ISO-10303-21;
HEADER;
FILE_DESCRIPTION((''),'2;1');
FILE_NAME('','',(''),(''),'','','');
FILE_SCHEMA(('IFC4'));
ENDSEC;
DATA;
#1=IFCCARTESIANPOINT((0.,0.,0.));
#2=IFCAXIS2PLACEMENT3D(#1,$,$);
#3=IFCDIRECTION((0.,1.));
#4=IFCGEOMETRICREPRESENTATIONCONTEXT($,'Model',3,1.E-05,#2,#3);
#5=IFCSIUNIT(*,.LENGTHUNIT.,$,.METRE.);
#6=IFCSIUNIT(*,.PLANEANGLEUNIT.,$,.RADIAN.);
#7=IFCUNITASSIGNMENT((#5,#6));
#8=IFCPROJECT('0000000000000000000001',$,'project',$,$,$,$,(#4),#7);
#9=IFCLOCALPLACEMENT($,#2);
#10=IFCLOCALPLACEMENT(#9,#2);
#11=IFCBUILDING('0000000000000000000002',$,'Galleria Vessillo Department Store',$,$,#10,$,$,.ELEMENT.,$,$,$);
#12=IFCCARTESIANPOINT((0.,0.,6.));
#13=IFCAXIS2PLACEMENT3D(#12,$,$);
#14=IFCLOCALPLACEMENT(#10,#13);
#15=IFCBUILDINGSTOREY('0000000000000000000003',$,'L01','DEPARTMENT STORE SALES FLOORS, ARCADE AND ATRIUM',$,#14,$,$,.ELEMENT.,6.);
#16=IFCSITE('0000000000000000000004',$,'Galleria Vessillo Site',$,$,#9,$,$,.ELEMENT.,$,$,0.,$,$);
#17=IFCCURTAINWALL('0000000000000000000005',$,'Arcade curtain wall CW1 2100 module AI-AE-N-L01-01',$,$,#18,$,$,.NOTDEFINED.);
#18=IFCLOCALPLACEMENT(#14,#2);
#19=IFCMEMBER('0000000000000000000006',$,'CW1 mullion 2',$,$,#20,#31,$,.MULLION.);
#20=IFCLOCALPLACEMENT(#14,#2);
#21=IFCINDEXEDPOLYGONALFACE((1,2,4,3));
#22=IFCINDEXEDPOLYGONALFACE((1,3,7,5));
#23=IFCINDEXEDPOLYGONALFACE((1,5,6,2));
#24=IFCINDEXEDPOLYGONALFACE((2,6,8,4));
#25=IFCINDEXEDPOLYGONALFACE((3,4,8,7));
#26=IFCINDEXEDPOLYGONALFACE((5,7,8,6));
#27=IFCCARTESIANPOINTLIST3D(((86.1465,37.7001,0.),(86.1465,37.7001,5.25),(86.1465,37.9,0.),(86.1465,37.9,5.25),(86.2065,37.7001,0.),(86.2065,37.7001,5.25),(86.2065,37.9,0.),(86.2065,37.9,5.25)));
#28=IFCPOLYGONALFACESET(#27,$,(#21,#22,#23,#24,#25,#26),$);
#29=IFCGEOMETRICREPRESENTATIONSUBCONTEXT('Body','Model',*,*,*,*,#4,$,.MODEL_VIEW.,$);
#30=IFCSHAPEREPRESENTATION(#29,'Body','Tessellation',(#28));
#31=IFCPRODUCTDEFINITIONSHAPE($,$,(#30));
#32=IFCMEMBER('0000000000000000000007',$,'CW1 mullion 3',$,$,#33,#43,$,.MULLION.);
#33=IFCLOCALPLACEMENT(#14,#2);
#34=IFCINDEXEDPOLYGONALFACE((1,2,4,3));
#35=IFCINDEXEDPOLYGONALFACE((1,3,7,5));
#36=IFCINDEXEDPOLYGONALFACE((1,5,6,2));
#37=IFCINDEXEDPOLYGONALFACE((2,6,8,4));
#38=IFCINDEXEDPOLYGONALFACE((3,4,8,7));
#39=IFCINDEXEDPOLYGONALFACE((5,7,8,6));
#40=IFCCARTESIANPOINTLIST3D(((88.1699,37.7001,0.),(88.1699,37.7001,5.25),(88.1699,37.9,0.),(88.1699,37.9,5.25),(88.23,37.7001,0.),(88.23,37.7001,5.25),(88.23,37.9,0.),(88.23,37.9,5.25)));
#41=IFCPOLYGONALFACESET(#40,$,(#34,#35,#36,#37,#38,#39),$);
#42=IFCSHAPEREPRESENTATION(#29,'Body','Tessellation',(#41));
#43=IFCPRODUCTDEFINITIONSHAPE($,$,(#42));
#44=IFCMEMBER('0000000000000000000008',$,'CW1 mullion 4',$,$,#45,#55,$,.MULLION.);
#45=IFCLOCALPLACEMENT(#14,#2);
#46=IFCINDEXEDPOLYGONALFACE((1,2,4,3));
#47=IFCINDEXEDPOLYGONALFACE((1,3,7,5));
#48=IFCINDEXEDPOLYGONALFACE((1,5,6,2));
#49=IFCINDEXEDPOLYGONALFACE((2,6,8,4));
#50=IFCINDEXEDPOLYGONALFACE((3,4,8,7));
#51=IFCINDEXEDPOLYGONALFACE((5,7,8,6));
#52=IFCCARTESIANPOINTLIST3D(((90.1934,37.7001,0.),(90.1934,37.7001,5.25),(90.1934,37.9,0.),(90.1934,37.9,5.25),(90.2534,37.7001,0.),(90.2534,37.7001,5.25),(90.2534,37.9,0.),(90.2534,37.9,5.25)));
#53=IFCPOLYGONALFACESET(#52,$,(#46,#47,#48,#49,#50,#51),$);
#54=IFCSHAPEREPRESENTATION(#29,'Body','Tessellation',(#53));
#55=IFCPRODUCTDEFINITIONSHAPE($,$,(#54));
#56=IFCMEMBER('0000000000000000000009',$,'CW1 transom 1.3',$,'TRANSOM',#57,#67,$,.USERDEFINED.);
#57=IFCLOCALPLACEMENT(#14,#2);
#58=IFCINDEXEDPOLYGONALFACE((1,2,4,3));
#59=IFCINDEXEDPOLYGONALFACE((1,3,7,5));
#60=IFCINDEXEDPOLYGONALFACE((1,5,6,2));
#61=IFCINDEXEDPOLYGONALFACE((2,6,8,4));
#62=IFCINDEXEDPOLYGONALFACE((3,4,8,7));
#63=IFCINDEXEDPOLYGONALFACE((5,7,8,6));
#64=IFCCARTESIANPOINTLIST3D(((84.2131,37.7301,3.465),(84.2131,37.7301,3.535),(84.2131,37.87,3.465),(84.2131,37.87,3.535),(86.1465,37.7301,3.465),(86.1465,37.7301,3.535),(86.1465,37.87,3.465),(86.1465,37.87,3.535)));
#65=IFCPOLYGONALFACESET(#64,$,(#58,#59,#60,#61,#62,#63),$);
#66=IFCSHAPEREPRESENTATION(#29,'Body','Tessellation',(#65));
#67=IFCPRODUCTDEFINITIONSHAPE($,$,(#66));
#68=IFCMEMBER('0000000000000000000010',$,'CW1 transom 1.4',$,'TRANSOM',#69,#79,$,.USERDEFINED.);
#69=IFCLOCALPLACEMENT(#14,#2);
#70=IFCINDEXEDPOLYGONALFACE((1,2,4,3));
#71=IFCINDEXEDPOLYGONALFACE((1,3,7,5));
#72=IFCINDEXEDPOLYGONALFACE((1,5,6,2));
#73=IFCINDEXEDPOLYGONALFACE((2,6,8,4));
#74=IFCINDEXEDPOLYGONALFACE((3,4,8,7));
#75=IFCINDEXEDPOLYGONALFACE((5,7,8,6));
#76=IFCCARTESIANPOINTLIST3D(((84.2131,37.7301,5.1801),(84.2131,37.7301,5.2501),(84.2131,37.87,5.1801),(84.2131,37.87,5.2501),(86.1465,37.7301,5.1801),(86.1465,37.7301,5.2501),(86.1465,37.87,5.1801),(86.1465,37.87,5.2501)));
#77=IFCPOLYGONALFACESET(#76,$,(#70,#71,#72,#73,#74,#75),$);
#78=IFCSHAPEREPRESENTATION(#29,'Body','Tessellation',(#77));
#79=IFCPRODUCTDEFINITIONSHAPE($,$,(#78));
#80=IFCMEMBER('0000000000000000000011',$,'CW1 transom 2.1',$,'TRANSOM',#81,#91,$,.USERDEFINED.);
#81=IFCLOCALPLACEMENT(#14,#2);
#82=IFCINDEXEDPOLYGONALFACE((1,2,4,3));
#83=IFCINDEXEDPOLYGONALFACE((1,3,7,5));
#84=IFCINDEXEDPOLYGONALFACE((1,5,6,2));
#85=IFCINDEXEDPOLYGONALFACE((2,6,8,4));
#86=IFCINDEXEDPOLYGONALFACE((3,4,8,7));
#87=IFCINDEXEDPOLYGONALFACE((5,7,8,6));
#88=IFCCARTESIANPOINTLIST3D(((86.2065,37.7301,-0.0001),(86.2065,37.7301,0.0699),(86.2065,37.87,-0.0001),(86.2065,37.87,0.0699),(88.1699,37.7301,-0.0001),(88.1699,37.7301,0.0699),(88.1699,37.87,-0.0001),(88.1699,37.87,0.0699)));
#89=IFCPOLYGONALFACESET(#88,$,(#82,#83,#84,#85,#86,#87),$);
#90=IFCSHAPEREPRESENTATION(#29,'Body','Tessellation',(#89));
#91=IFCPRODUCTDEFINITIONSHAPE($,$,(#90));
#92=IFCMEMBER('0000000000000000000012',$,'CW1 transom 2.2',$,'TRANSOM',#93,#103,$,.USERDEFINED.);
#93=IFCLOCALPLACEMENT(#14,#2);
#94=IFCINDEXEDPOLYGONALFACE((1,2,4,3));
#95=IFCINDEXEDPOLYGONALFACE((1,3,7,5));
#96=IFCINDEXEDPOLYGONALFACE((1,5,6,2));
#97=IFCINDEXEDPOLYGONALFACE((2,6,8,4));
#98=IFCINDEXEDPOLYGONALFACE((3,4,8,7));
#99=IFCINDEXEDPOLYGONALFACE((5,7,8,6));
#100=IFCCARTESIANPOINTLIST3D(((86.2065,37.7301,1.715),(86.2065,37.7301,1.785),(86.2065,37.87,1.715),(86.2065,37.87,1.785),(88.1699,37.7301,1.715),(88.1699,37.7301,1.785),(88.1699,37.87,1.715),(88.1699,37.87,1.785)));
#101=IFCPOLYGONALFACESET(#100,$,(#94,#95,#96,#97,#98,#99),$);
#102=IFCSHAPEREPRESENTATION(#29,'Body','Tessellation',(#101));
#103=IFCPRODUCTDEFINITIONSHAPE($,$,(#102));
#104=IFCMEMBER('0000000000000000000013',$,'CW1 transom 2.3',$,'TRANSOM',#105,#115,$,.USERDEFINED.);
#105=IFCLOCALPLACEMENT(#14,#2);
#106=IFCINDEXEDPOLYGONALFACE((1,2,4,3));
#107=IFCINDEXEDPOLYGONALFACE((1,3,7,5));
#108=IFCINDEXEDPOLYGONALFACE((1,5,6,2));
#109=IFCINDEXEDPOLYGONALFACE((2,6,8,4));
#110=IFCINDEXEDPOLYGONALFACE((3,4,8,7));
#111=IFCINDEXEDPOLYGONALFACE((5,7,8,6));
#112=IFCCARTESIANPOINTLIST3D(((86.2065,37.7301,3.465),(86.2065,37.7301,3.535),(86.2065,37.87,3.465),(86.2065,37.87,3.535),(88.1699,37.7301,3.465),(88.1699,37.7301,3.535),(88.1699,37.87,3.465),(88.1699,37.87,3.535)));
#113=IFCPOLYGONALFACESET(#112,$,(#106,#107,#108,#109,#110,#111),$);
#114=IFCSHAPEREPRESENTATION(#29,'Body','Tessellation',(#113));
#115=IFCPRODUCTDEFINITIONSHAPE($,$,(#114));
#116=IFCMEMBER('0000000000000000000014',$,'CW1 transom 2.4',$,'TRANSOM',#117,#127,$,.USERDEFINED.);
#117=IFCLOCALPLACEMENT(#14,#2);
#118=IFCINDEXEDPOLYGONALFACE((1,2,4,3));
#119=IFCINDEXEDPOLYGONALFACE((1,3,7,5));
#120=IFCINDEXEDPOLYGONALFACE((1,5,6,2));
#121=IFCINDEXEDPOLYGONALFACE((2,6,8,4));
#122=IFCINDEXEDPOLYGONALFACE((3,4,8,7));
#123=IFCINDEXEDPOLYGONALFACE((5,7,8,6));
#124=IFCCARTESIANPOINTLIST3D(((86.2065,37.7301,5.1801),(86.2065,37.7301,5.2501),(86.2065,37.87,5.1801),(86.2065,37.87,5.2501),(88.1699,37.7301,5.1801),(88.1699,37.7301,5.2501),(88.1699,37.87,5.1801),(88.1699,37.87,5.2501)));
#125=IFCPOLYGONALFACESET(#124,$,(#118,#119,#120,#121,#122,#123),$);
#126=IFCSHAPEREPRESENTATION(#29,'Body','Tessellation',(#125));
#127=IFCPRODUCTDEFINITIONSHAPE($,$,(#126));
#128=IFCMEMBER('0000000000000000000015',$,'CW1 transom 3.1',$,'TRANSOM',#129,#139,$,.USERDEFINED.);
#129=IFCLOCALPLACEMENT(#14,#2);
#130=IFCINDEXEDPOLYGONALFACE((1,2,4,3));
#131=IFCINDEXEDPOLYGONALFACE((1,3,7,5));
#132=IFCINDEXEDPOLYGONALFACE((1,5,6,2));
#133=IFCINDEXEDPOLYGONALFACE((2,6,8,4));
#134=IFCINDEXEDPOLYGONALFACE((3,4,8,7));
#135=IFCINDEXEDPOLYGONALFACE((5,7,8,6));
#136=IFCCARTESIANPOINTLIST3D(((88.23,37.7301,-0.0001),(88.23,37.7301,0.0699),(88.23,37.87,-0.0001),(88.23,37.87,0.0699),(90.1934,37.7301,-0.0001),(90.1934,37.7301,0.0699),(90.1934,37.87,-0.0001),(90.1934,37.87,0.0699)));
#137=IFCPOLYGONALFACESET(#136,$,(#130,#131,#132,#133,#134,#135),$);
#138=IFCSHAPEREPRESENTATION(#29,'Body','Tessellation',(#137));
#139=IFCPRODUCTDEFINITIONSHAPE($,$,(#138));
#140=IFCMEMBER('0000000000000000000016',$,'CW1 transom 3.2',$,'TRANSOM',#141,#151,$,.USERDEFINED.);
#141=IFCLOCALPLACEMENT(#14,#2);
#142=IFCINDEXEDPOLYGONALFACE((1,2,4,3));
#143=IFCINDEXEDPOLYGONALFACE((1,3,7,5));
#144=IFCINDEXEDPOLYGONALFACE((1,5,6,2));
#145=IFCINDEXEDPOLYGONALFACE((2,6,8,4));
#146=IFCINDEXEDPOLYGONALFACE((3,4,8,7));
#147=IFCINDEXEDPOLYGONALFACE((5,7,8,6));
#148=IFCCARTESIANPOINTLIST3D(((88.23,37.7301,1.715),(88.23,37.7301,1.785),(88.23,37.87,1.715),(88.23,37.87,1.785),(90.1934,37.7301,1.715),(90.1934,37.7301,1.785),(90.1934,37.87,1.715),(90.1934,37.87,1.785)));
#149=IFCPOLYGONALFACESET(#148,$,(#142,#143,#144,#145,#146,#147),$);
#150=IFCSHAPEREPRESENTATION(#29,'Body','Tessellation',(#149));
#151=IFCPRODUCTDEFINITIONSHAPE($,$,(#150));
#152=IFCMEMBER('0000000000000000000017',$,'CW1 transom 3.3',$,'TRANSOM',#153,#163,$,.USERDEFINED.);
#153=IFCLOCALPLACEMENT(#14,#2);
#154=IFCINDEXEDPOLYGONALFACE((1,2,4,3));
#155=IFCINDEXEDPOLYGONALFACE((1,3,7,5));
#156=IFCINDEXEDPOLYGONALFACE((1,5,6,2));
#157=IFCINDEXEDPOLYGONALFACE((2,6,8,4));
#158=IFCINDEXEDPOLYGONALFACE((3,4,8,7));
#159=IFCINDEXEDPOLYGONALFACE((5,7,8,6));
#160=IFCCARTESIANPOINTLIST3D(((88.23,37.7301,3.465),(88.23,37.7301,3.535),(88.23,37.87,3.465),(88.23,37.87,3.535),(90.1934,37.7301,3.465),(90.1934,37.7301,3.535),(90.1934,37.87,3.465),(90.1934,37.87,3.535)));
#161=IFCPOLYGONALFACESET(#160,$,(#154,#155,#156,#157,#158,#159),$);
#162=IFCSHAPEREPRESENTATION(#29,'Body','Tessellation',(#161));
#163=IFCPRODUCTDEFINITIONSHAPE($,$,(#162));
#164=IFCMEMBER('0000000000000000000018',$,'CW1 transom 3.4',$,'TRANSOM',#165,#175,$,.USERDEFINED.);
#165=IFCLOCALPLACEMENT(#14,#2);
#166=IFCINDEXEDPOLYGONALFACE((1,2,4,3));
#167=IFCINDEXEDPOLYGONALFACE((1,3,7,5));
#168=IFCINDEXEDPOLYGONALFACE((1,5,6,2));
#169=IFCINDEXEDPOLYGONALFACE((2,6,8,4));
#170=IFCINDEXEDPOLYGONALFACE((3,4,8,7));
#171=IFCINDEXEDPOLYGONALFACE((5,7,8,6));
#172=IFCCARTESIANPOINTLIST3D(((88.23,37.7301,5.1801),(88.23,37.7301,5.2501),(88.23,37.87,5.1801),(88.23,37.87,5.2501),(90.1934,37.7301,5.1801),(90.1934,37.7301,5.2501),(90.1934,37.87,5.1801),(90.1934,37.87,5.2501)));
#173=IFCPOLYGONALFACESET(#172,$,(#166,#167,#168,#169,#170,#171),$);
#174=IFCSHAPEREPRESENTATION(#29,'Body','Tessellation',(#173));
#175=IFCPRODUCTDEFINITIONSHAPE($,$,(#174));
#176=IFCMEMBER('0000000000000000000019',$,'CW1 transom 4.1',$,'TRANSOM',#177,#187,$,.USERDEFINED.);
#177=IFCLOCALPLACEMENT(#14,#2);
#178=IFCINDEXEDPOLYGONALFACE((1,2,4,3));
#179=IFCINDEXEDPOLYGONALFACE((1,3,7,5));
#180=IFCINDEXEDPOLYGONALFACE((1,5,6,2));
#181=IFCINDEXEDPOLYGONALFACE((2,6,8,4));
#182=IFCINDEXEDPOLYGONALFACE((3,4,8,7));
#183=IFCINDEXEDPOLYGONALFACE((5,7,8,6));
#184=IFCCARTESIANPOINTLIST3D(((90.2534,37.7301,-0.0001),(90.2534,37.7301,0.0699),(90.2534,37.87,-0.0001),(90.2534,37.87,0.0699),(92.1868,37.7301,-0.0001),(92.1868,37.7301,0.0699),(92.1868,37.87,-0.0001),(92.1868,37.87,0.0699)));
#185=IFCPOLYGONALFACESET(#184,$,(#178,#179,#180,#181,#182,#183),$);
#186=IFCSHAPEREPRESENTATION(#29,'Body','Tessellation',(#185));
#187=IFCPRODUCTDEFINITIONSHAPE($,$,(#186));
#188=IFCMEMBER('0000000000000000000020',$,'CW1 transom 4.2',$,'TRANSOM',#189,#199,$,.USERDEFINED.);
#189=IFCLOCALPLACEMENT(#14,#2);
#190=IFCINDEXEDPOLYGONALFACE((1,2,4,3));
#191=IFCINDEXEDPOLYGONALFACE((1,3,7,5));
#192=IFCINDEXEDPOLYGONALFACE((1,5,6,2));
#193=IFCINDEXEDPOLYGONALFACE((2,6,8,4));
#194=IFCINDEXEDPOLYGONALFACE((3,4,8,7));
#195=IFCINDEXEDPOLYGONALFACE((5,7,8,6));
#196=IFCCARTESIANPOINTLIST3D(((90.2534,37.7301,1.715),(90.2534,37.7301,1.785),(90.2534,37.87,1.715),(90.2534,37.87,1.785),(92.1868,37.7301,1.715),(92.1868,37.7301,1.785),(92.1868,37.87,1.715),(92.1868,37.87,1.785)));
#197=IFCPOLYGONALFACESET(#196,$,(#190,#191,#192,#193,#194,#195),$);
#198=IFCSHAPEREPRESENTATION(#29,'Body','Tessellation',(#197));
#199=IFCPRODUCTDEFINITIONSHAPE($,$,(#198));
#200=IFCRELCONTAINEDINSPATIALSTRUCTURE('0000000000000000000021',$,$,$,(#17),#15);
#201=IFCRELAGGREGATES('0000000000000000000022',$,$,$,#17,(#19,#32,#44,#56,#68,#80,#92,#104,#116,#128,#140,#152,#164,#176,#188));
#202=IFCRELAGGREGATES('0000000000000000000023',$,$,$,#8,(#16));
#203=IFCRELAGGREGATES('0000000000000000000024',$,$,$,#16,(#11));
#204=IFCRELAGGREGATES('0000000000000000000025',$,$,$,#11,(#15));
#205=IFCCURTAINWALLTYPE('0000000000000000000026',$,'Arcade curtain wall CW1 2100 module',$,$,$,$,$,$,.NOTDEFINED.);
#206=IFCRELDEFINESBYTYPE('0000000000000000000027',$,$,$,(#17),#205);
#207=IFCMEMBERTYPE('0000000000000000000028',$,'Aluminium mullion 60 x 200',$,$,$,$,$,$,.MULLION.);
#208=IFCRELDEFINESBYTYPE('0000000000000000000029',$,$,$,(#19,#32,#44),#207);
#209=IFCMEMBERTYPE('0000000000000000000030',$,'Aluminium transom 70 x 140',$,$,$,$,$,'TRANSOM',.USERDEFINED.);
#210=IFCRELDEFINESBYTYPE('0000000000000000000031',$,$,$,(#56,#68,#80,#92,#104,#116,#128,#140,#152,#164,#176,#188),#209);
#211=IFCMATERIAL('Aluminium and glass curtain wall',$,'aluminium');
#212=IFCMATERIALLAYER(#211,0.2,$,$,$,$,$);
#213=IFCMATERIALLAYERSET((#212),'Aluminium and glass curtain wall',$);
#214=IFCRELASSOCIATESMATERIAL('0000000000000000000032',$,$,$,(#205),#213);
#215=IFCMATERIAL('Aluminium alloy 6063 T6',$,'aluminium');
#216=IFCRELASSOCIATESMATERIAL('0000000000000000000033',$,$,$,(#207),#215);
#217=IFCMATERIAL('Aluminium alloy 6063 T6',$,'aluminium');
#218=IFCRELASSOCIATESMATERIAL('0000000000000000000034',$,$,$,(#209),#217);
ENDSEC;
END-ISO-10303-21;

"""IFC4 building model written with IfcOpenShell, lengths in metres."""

from ifc_helpers import new_model, si_unit, direction, frame, origin, origin_2d, place, context, subcontext, project, spatial, rectangle, extrude, material, layer, layer_set, material_profile, profile_set, type_object, element, aggregate, save


model = new_model("IFC4")

# Units and contexts
model_context = context("Model", 3, precision=1e-05, world=origin(), true_north=direction((0.0, 1.0)))
body_context = subcontext(model_context, "Body", "Model", "MODEL_VIEW")
ifc_project = project(units=[si_unit("LENGTHUNIT", "METRE"), si_unit("PLANEANGLEUNIT", "RADIAN")], contexts=[model_context])

# Site, building, storey
site_placement = place(None, origin())
site = spatial("IfcSite", under=ifc_project, at=site_placement, Name="Galleria Vessillo Site", CompositionType="ELEMENT", RefElevation=0.0)
building_placement = place(site_placement, origin())
building = spatial("IfcBuilding", under=site, at=building_placement, Name="Galleria Vessillo Department Store", CompositionType="ELEMENT")
storey_placement = place(building_placement, frame((0.0, 0.0, 6.0)))
storey = spatial("IfcBuildingStorey", under=building, at=storey_placement, Name="L01", Description="DEPARTMENT STORE SALES FLOORS, ARCADE AND ATRIUM", CompositionType="ELEMENT", Elevation=6.0)

# Curtain wall, members
ifc_material_1 = material(Name="Aluminium and glass curtain wall", Category="aluminium")
ifc_layer_1 = layer(ifc_material_1, 0.2)
ifc_layer_set_1 = layer_set([ifc_layer_1], Name="Aluminium and glass curtain wall")
curtain_wall_type = type_object("IfcCurtainWallType", Name="Arcade curtain wall CW1 2100 module", PredefinedType="NOTDEFINED", material=ifc_layer_set_1)
curtain_wall_placement = place(storey_placement, origin())
curtain_wall = element("IfcCurtainWall", 1, at=curtain_wall_placement, inside=storey, type_object=curtain_wall_type, Name="Arcade curtain wall CW1 2100 module AI-AE-N-L01-01", PredefinedType="NOTDEFINED")
ifc_material_2 = material(Name="Aluminium alloy 6063 T6", Category="aluminium")
ifc_material_profile_1 = material_profile(ifc_material_2, rectangle(XDim=0.2, YDim=0.0601, at=origin_2d()), Name="AL 60x200")
ifc_profile_set_1 = profile_set([ifc_material_profile_1], Name="Aluminium alloy 6063 T6")
member_type_1 = type_object("IfcMemberType", Name="Aluminium mullion 60 x 200", PredefinedType="MULLION", material=ifc_profile_set_1)
member_1_placement = place(storey_placement, frame((86.1765, 37.8, 0.0), z_axis=(0.0, 0.0, 1.0), x_axis=(0.0, 1.0, 0.0)))
member_1 = element("IfcMember", 2, at=member_1_placement, type_object=member_type_1, Name="CW1 mullion 2", PredefinedType="MULLION", context=body_context, shape_type="SweptSolid", body=[
    extrude(rectangle(XDim=0.2, YDim=0.0601, at=origin_2d()), origin(), (0.0, 0.0, 1.0), 5.25),
])
member_2_placement = place(storey_placement, frame((88.2, 37.8, 0.0), z_axis=(0.0, 0.0, 1.0), x_axis=(0.0, 1.0, 0.0)))
member_2 = element("IfcMember", 3, at=member_2_placement, type_object=member_type_1, Name="CW1 mullion 3", PredefinedType="MULLION", context=body_context, shape_type="SweptSolid", body=[
    extrude(rectangle(XDim=0.2, YDim=0.0601, at=origin_2d()), origin(), (0.0, 0.0, 1.0), 5.25),
])
member_3_placement = place(storey_placement, frame((90.2234, 37.8, 0.0), z_axis=(0.0, 0.0, 1.0), x_axis=(0.0, 1.0, 0.0)))
member_3 = element("IfcMember", 4, at=member_3_placement, type_object=member_type_1, Name="CW1 mullion 4", PredefinedType="MULLION", context=body_context, shape_type="SweptSolid", body=[
    extrude(rectangle(XDim=0.2, YDim=0.0601, at=origin_2d()), origin(), (0.0, 0.0, 1.0), 5.25),
])
ifc_material_3 = material(Name="Aluminium alloy 6063 T6", Category="aluminium")
ifc_material_profile_2 = material_profile(ifc_material_3, rectangle(XDim=0.1399, YDim=0.0701, at=origin_2d()), Name="AL 70x140")
ifc_profile_set_2 = profile_set([ifc_material_profile_2], Name="Aluminium alloy 6063 T6")
member_type_2 = type_object("IfcMemberType", Name="Aluminium transom 70 x 140", ElementType="TRANSOM", PredefinedType="USERDEFINED", material=ifc_profile_set_2)
member_4_placement = place(storey_placement, frame((84.2131, 37.8, 3.5), z_axis=(1.0, 0.0, 0.0), x_axis=(0.0, 1.0, 0.0)))
member_4 = element("IfcMember", 5, at=member_4_placement, type_object=member_type_2, Name="CW1 transom 1.3", ObjectType="TRANSOM", PredefinedType="USERDEFINED", context=body_context, shape_type="SweptSolid", body=[
    extrude(rectangle(XDim=0.1399, YDim=0.0701, at=origin_2d()), origin(), (0.0, 0.0, 1.0), 1.9333),
])
member_5_placement = place(storey_placement, frame((84.2131, 37.8, 5.2151), z_axis=(1.0, 0.0, 0.0), x_axis=(0.0, 1.0, 0.0)))
member_5 = element("IfcMember", 6, at=member_5_placement, type_object=member_type_2, Name="CW1 transom 1.4", ObjectType="TRANSOM", PredefinedType="USERDEFINED", context=body_context, shape_type="SweptSolid", body=[
    extrude(rectangle(XDim=0.1399, YDim=0.0701, at=origin_2d()), origin(), (0.0, 0.0, 1.0), 1.9333),
])
member_6_placement = place(storey_placement, frame((86.2065, 37.8, 0.0349), z_axis=(1.0, 0.0, 0.0), x_axis=(0.0, 1.0, 0.0)))
member_6 = element("IfcMember", 7, at=member_6_placement, type_object=member_type_2, Name="CW1 transom 2.1", ObjectType="TRANSOM", PredefinedType="USERDEFINED", context=body_context, shape_type="SweptSolid", body=[
    extrude(rectangle(XDim=0.1399, YDim=0.0701, at=origin_2d()), origin(), (0.0, 0.0, 1.0), 1.9634),
])
member_7_placement = place(storey_placement, frame((86.2065, 37.8, 1.75), z_axis=(1.0, 0.0, 0.0), x_axis=(0.0, 1.0, 0.0)))
member_7 = element("IfcMember", 8, at=member_7_placement, type_object=member_type_2, Name="CW1 transom 2.2", ObjectType="TRANSOM", PredefinedType="USERDEFINED", context=body_context, shape_type="SweptSolid", body=[
    extrude(rectangle(XDim=0.1399, YDim=0.0701, at=origin_2d()), origin(), (0.0, 0.0, 1.0), 1.9634),
])
member_8_placement = place(storey_placement, frame((86.2065, 37.8, 3.5), z_axis=(1.0, 0.0, 0.0), x_axis=(0.0, 1.0, 0.0)))
member_8 = element("IfcMember", 9, at=member_8_placement, type_object=member_type_2, Name="CW1 transom 2.3", ObjectType="TRANSOM", PredefinedType="USERDEFINED", context=body_context, shape_type="SweptSolid", body=[
    extrude(rectangle(XDim=0.1399, YDim=0.0701, at=origin_2d()), origin(), (0.0, 0.0, 1.0), 1.9634),
])
member_9_placement = place(storey_placement, frame((86.2065, 37.8, 5.2151), z_axis=(1.0, 0.0, 0.0), x_axis=(0.0, 1.0, 0.0)))
member_9 = element("IfcMember", 10, at=member_9_placement, type_object=member_type_2, Name="CW1 transom 2.4", ObjectType="TRANSOM", PredefinedType="USERDEFINED", context=body_context, shape_type="SweptSolid", body=[
    extrude(rectangle(XDim=0.1399, YDim=0.0701, at=origin_2d()), origin(), (0.0, 0.0, 1.0), 1.9634),
])
member_10_placement = place(storey_placement, frame((88.23, 37.8, 0.0349), z_axis=(1.0, 0.0, 0.0), x_axis=(0.0, 1.0, 0.0)))
member_10 = element("IfcMember", 11, at=member_10_placement, type_object=member_type_2, Name="CW1 transom 3.1", ObjectType="TRANSOM", PredefinedType="USERDEFINED", context=body_context, shape_type="SweptSolid", body=[
    extrude(rectangle(XDim=0.1399, YDim=0.0701, at=origin_2d()), origin(), (0.0, 0.0, 1.0), 1.9634),
])
member_11_placement = place(storey_placement, frame((88.23, 37.8, 1.75), z_axis=(1.0, 0.0, 0.0), x_axis=(0.0, 1.0, 0.0)))
member_11 = element("IfcMember", 12, at=member_11_placement, type_object=member_type_2, Name="CW1 transom 3.2", ObjectType="TRANSOM", PredefinedType="USERDEFINED", context=body_context, shape_type="SweptSolid", body=[
    extrude(rectangle(XDim=0.1399, YDim=0.0701, at=origin_2d()), origin(), (0.0, 0.0, 1.0), 1.9634),
])
member_12_placement = place(storey_placement, frame((88.23, 37.8, 3.5), z_axis=(1.0, 0.0, 0.0), x_axis=(0.0, 1.0, 0.0)))
member_12 = element("IfcMember", 13, at=member_12_placement, type_object=member_type_2, Name="CW1 transom 3.3", ObjectType="TRANSOM", PredefinedType="USERDEFINED", context=body_context, shape_type="SweptSolid", body=[
    extrude(rectangle(XDim=0.1399, YDim=0.0701, at=origin_2d()), origin(), (0.0, 0.0, 1.0), 1.9634),
])
member_13_placement = place(storey_placement, frame((88.23, 37.8, 5.2151), z_axis=(1.0, 0.0, 0.0), x_axis=(0.0, 1.0, 0.0)))
member_13 = element("IfcMember", 14, at=member_13_placement, type_object=member_type_2, Name="CW1 transom 3.4", ObjectType="TRANSOM", PredefinedType="USERDEFINED", context=body_context, shape_type="SweptSolid", body=[
    extrude(rectangle(XDim=0.1399, YDim=0.0701, at=origin_2d()), origin(), (0.0, 0.0, 1.0), 1.9634),
])
member_14_placement = place(storey_placement, frame((90.2534, 37.8, 0.0349), z_axis=(1.0, 0.0, 0.0), x_axis=(0.0, 1.0, 0.0)))
member_14 = element("IfcMember", 15, at=member_14_placement, type_object=member_type_2, Name="CW1 transom 4.1", ObjectType="TRANSOM", PredefinedType="USERDEFINED", context=body_context, shape_type="SweptSolid", body=[
    extrude(rectangle(XDim=0.1399, YDim=0.0701, at=origin_2d()), origin(), (0.0, 0.0, 1.0), 1.9333),
])
member_15_placement = place(storey_placement, frame((90.2534, 37.8, 1.75), z_axis=(1.0, 0.0, 0.0), x_axis=(0.0, 1.0, 0.0)))
member_15 = element("IfcMember", 16, at=member_15_placement, type_object=member_type_2, Name="CW1 transom 4.2", ObjectType="TRANSOM", PredefinedType="USERDEFINED", context=body_context, shape_type="SweptSolid", body=[
    extrude(rectangle(XDim=0.1399, YDim=0.0701, at=origin_2d()), origin(), (0.0, 0.0, 1.0), 1.9333),
])
aggregate(curtain_wall, [member_1, member_2, member_3, member_4, member_5, member_6, member_7, member_8, member_9, member_10, member_11, member_12, member_13, member_14, member_15])

save(model, "model.ifc")
